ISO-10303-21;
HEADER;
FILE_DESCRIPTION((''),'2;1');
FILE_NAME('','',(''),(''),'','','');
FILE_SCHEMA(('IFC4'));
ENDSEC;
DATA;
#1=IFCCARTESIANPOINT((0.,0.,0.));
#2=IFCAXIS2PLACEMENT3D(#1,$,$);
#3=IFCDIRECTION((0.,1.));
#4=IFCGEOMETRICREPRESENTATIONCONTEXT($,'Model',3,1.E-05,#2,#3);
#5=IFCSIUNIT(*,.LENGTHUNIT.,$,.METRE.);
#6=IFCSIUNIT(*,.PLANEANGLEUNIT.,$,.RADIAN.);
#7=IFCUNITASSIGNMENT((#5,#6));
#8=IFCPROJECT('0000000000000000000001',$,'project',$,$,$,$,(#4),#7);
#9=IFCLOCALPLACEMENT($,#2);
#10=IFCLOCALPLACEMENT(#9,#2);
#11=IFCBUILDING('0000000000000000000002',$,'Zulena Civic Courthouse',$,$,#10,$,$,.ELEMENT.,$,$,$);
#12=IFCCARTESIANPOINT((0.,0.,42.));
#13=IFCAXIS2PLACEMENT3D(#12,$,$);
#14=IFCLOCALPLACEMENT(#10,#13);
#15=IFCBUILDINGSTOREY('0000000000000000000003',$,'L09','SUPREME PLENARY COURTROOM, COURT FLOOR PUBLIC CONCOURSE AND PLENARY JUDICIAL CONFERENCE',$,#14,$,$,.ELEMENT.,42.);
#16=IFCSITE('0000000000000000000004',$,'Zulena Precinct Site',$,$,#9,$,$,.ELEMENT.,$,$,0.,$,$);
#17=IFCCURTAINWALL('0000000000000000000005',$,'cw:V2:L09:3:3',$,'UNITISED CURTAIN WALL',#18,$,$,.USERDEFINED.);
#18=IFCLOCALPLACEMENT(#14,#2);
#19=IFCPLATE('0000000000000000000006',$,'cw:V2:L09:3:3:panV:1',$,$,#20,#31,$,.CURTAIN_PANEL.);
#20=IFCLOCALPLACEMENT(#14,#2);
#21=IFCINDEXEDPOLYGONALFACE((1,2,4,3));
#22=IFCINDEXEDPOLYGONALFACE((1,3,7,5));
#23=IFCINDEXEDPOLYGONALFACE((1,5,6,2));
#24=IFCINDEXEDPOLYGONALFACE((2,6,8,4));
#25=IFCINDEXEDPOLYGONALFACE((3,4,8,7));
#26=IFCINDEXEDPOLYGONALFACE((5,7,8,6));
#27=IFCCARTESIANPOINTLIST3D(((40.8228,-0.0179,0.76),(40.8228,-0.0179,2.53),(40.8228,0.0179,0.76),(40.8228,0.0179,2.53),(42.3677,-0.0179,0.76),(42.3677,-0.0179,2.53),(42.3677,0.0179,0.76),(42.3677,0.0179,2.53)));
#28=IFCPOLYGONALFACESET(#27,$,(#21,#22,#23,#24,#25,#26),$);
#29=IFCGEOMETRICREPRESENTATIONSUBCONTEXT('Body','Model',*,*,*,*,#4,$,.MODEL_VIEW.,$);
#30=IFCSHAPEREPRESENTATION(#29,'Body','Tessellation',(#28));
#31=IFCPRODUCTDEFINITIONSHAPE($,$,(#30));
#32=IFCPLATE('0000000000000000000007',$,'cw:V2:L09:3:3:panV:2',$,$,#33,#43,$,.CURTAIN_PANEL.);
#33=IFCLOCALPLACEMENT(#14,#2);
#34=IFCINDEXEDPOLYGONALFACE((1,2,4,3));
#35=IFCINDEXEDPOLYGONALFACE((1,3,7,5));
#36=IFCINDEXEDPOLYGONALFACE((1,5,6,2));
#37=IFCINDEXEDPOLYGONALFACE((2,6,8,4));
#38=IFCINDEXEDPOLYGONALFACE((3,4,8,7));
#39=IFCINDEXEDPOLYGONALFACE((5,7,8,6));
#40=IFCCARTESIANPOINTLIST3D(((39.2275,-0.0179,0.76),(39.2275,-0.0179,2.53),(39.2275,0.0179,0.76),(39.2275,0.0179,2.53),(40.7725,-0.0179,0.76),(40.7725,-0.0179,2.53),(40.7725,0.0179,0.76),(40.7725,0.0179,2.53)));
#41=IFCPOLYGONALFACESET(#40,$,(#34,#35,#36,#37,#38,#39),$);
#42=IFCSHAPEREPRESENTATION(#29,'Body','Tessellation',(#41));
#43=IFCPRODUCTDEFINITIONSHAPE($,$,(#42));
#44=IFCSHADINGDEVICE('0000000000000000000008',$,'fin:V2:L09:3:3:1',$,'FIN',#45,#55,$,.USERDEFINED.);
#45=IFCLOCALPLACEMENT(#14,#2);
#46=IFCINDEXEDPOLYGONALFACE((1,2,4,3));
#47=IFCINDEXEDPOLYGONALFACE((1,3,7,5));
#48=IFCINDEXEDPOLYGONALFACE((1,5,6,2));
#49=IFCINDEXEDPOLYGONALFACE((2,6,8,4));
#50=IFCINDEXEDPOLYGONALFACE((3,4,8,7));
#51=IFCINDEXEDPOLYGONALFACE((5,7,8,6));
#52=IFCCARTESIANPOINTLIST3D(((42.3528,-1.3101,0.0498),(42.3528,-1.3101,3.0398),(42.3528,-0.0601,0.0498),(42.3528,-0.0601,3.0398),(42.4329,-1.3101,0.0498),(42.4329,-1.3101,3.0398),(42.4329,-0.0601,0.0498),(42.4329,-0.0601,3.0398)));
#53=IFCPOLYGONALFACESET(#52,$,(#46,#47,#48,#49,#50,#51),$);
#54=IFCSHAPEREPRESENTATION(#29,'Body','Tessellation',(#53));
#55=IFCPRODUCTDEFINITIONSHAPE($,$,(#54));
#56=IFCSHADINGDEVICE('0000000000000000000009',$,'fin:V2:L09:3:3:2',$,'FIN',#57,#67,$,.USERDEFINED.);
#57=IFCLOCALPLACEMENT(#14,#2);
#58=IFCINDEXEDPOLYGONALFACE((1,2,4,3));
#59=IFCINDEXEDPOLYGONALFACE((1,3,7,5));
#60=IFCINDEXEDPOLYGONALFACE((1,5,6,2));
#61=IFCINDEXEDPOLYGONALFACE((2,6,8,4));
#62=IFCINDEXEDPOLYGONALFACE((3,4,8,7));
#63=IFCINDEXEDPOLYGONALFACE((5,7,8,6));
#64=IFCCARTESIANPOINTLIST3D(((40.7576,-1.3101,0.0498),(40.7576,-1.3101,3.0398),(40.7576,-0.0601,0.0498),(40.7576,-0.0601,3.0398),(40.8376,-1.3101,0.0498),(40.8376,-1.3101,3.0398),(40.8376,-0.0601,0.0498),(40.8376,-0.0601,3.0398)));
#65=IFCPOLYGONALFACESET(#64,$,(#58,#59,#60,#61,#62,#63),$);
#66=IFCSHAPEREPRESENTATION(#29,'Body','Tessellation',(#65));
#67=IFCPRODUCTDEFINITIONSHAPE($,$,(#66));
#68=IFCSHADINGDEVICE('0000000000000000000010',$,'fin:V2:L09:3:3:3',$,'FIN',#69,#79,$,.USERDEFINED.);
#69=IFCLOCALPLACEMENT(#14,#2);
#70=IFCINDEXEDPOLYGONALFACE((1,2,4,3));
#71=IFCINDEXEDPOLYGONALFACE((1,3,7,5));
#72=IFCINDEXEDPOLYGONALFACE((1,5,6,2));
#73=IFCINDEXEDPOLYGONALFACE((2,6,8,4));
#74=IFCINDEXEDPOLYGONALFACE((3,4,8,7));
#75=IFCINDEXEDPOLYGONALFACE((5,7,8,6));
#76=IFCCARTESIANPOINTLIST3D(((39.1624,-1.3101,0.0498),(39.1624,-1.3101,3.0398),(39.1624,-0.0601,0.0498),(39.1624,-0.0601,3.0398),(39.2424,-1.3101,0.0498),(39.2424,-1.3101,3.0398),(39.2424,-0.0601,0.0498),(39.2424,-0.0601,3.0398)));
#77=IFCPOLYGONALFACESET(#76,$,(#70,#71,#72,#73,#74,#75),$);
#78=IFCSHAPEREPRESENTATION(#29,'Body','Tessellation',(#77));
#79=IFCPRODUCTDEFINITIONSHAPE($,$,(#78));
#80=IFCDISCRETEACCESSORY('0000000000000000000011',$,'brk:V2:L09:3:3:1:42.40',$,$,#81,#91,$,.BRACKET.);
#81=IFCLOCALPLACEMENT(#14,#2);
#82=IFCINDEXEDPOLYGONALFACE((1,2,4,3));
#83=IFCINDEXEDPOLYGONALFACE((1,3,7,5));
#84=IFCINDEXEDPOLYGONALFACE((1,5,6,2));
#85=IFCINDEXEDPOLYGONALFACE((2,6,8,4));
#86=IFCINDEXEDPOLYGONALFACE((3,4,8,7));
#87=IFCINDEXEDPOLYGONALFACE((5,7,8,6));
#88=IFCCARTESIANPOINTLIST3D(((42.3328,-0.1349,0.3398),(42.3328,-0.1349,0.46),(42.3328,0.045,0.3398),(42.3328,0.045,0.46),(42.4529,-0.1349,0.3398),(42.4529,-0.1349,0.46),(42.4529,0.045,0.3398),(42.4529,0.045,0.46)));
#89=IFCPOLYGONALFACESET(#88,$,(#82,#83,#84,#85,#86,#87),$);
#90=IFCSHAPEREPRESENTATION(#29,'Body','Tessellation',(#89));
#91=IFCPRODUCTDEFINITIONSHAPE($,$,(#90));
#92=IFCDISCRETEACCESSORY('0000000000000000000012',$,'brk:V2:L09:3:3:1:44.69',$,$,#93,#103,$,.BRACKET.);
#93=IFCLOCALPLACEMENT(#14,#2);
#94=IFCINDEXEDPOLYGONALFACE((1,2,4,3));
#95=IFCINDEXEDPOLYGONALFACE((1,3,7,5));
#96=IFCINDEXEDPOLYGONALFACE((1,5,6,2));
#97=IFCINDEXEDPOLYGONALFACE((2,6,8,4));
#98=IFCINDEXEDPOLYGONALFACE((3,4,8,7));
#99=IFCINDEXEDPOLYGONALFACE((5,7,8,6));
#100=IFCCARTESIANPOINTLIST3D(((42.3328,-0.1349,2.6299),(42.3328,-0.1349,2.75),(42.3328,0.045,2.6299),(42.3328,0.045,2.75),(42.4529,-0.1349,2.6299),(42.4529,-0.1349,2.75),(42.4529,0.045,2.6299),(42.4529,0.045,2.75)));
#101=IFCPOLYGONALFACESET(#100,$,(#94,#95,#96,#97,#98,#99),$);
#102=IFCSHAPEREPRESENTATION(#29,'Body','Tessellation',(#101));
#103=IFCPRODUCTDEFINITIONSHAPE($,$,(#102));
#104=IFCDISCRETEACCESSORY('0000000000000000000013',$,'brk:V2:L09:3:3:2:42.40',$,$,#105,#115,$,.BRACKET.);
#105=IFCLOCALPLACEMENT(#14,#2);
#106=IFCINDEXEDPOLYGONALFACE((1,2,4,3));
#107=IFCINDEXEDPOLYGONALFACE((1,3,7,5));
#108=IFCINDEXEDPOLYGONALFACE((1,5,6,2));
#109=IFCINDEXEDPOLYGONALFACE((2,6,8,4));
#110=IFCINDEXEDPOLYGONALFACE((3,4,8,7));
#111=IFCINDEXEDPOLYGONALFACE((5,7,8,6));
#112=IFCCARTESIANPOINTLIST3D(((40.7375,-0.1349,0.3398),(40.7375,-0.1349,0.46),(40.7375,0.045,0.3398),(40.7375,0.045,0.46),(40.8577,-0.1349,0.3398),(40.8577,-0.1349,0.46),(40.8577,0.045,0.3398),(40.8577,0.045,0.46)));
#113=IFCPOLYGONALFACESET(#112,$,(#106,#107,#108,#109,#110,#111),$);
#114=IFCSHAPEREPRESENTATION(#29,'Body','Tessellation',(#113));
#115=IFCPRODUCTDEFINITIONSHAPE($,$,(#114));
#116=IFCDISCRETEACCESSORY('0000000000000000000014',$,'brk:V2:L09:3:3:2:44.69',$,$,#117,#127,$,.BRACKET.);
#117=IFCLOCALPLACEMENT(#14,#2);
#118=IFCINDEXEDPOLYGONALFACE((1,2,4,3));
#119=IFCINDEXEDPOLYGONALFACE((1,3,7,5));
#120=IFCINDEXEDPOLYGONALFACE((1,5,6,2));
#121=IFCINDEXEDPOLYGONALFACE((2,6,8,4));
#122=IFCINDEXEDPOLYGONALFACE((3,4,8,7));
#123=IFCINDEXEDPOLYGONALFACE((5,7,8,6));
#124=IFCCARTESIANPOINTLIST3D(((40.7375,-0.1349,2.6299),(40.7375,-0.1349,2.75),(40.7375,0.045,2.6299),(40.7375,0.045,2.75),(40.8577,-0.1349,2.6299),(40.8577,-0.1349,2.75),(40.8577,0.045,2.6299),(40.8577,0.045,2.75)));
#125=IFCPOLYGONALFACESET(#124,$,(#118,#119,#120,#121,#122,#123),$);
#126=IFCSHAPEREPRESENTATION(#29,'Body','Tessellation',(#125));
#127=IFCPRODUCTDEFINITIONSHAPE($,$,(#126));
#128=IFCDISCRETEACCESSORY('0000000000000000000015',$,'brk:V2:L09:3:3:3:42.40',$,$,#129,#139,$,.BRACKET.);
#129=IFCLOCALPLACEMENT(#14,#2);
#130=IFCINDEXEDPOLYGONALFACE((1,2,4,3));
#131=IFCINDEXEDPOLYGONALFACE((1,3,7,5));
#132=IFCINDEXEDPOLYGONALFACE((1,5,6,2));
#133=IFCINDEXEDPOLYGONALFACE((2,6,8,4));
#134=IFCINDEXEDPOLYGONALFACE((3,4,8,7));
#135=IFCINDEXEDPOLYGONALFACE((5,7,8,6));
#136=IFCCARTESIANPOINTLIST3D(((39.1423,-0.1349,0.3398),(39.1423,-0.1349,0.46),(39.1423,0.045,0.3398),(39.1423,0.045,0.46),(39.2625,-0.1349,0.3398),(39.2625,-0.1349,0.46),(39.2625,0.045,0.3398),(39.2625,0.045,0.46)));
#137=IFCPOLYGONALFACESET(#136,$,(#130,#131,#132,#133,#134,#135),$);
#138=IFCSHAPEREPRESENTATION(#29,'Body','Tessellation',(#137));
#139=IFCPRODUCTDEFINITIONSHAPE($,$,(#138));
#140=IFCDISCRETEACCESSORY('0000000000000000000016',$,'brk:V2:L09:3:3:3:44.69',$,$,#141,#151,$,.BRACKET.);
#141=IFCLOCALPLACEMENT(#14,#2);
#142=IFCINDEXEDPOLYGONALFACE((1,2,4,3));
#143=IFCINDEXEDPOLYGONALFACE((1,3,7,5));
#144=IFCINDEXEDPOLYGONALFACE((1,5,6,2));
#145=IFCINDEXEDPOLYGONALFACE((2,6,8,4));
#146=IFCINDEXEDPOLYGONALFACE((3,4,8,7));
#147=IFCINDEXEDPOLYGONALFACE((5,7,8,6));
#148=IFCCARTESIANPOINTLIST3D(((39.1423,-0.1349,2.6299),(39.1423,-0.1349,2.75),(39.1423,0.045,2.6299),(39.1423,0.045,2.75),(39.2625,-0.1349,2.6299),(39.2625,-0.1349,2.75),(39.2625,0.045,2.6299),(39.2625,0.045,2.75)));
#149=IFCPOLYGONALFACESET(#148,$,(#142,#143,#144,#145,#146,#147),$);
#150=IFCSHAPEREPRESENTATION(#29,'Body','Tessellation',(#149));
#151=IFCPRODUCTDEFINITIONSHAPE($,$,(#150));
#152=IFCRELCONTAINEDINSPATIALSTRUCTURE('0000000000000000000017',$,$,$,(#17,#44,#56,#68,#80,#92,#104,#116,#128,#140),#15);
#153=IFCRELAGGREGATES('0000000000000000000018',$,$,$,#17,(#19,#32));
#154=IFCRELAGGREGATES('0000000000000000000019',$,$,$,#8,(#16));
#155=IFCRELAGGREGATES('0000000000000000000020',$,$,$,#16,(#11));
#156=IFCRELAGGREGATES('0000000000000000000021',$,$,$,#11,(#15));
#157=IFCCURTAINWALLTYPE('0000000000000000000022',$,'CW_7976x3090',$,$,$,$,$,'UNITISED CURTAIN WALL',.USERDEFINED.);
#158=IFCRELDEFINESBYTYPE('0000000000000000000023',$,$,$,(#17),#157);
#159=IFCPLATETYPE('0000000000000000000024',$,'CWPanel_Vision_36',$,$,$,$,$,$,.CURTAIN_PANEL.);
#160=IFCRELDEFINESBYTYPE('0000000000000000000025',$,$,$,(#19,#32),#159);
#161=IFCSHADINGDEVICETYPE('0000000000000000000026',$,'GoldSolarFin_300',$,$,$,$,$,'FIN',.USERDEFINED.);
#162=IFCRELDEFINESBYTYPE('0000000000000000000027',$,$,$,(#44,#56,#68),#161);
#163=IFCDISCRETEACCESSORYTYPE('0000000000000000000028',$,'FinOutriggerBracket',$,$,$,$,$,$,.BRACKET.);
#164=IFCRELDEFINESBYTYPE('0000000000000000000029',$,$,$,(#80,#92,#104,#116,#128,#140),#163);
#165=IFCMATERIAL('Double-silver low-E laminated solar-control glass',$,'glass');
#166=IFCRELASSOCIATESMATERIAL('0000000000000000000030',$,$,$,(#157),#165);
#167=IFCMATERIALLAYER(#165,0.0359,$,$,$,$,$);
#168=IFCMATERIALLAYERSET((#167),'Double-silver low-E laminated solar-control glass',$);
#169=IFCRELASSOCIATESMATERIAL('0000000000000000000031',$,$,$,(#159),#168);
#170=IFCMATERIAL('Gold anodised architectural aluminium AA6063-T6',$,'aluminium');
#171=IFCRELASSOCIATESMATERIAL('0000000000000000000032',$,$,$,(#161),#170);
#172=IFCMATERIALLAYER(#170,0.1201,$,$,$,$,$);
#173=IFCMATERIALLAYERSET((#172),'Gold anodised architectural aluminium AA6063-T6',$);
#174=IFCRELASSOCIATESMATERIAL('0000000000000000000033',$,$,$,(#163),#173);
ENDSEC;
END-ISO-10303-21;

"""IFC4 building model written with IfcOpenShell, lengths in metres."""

from ifc_helpers import new_model, si_unit, direction, frame, origin, origin_2d, place, context, subcontext, project, spatial, rectangle, extrude, material, layer, layer_set, type_object, element, aggregate, save


model = new_model("IFC4")

# Units and contexts
model_context = context("Model", 3, precision=1e-05, world=origin(), true_north=direction((0.0, 1.0)))
body_context = subcontext(model_context, "Body", "Model", "MODEL_VIEW")
ifc_project = project(units=[si_unit("LENGTHUNIT", "METRE"), si_unit("PLANEANGLEUNIT", "RADIAN")], contexts=[model_context])

# Site, building, storey
site_placement = place(None, origin())
site = spatial("IfcSite", under=ifc_project, at=site_placement, Name="Zulena Precinct Site", CompositionType="ELEMENT", RefElevation=0.0)
building_placement = place(site_placement, origin())
building = spatial("IfcBuilding", under=site, at=building_placement, Name="Zulena Civic Courthouse", CompositionType="ELEMENT")
storey_placement = place(building_placement, frame((0.0, 0.0, 42.0)))
storey = spatial("IfcBuildingStorey", under=building, at=storey_placement, Name="L09", Description="SUPREME PLENARY COURTROOM, COURT FLOOR PUBLIC CONCOURSE AND PLENARY JUDICIAL CONFERENCE", CompositionType="ELEMENT", Elevation=42.0)

# Curtain wall
ifc_material_1 = material(Name="Double-silver low-E laminated solar-control glass", Category="glass")
curtain_wall_type = type_object("IfcCurtainWallType", Name="CW_7976x3090", ElementType="UNITISED CURTAIN WALL", PredefinedType="USERDEFINED", material=ifc_material_1)
curtain_wall_placement = place(storey_placement, origin())
curtain_wall = element("IfcCurtainWall", 1, at=curtain_wall_placement, inside=storey, type_object=curtain_wall_type, Name="cw:V2:L09:3:3", ObjectType="UNITISED CURTAIN WALL", PredefinedType="USERDEFINED")

# Plates
ifc_layer_1 = layer(ifc_material_1, 0.0359)
ifc_layer_set_1 = layer_set([ifc_layer_1], Name="Double-silver low-E laminated solar-control glass")
plate_type_1 = type_object("IfcPlateType", Name="CWPanel_Vision_36", PredefinedType="CURTAIN_PANEL", material=ifc_layer_set_1)
plate_1_placement = place(storey_placement, frame((41.5952, 0.0, 0.76), z_axis=(0.0, 0.0, 1.0), x_axis=(-1.0, 0.0, 0.0)))
plate_1 = element("IfcPlate", 2, at=plate_1_placement, type_object=plate_type_1, Name="cw:V2:L09:3:3:panV:1", PredefinedType="CURTAIN_PANEL", context=body_context, shape_type="SweptSolid", body=[
    extrude(rectangle(XDim=1.5449, YDim=0.0359, at=origin_2d()), origin(), (0.0, 0.0, 1.0), 1.77),
])
plate_2_placement = place(storey_placement, frame((40.0, 0.0, 0.76), z_axis=(0.0, 0.0, 1.0), x_axis=(-1.0, 0.0, 0.0)))
plate_2 = element("IfcPlate", 3, at=plate_2_placement, type_object=plate_type_1, Name="cw:V2:L09:3:3:panV:2", PredefinedType="CURTAIN_PANEL", context=body_context, shape_type="SweptSolid", body=[
    extrude(rectangle(XDim=1.5449, YDim=0.0359, at=origin_2d()), origin(), (0.0, 0.0, 1.0), 1.77),
])
aggregate(curtain_wall, [plate_1, plate_2])

# Shading devices
ifc_material_2 = material(Name="Gold anodised architectural aluminium AA6063-T6", Category="aluminium")
shading_device_type = type_object("IfcShadingDeviceType", Name="GoldSolarFin_300", ElementType="FIN", PredefinedType="USERDEFINED", material=ifc_material_2)
for number, where, z_axis, x_axis, name in (
    (4, (42.3928, -0.6851, 0.0498), (0.0, 0.0, 1.0), (0.0, -1.0, 0.0), "fin:V2:L09:3:3:1"),
    (5, (40.7976, -0.6851, 0.0498), (0.0, 0.0, 1.0), (0.0, -1.0, 0.0), "fin:V2:L09:3:3:2"),
    (6, (39.2024, -0.6851, 0.0498), (0.0, 0.0, 1.0), (0.0, -1.0, 0.0), "fin:V2:L09:3:3:3"),
):
    element("IfcShadingDevice", number, at=place(storey_placement, frame(where, z_axis=z_axis, x_axis=x_axis)), inside=storey, type_object=shading_device_type, Name=name, ObjectType="FIN", PredefinedType="USERDEFINED", context=body_context, shape_type="SweptSolid", body=[
        extrude(rectangle(XDim=1.25, YDim=0.0801, at=origin_2d()), origin(), (0.0, 0.0, 1.0), 2.99),
    ])

# Discrete accessories
ifc_layer_2 = layer(ifc_material_2, 0.1201)
ifc_layer_set_2 = layer_set([ifc_layer_2], Name="Gold anodised architectural aluminium AA6063-T6")
discrete_accessory_type = type_object("IfcDiscreteAccessoryType", Name="FinOutriggerBracket", PredefinedType="BRACKET", material=ifc_layer_set_2)
for number, where, z_axis, x_axis, name in (
    (7, (42.3928, -0.0449, 0.3398), (0.0, 0.0, 1.0), (0.0, -1.0, 0.0), "brk:V2:L09:3:3:1:42.40"),
    (8, (42.3928, -0.0449, 2.6299), (0.0, 0.0, 1.0), (0.0, -1.0, 0.0), "brk:V2:L09:3:3:1:44.69"),
    (9, (40.7976, -0.0449, 0.3398), (0.0, 0.0, 1.0), (0.0, -1.0, 0.0), "brk:V2:L09:3:3:2:42.40"),
    (10, (40.7976, -0.0449, 2.6299), (0.0, 0.0, 1.0), (0.0, -1.0, 0.0), "brk:V2:L09:3:3:2:44.69"),
    (11, (39.2024, -0.0449, 0.3398), (0.0, 0.0, 1.0), (0.0, -1.0, 0.0), "brk:V2:L09:3:3:3:42.40"),
    (12, (39.2024, -0.0449, 2.6299), (0.0, 0.0, 1.0), (0.0, -1.0, 0.0), "brk:V2:L09:3:3:3:44.69"),
):
    element("IfcDiscreteAccessory", number, at=place(storey_placement, frame(where, z_axis=z_axis, x_axis=x_axis)), inside=storey, type_object=discrete_accessory_type, Name=name, PredefinedType="BRACKET", context=body_context, shape_type="SweptSolid", body=[
        extrude(rectangle(XDim=0.1799, YDim=0.1201, at=origin_2d()), origin(), (0.0, 0.0, 1.0), 0.1201),
    ])

save(model, "model.ifc")
